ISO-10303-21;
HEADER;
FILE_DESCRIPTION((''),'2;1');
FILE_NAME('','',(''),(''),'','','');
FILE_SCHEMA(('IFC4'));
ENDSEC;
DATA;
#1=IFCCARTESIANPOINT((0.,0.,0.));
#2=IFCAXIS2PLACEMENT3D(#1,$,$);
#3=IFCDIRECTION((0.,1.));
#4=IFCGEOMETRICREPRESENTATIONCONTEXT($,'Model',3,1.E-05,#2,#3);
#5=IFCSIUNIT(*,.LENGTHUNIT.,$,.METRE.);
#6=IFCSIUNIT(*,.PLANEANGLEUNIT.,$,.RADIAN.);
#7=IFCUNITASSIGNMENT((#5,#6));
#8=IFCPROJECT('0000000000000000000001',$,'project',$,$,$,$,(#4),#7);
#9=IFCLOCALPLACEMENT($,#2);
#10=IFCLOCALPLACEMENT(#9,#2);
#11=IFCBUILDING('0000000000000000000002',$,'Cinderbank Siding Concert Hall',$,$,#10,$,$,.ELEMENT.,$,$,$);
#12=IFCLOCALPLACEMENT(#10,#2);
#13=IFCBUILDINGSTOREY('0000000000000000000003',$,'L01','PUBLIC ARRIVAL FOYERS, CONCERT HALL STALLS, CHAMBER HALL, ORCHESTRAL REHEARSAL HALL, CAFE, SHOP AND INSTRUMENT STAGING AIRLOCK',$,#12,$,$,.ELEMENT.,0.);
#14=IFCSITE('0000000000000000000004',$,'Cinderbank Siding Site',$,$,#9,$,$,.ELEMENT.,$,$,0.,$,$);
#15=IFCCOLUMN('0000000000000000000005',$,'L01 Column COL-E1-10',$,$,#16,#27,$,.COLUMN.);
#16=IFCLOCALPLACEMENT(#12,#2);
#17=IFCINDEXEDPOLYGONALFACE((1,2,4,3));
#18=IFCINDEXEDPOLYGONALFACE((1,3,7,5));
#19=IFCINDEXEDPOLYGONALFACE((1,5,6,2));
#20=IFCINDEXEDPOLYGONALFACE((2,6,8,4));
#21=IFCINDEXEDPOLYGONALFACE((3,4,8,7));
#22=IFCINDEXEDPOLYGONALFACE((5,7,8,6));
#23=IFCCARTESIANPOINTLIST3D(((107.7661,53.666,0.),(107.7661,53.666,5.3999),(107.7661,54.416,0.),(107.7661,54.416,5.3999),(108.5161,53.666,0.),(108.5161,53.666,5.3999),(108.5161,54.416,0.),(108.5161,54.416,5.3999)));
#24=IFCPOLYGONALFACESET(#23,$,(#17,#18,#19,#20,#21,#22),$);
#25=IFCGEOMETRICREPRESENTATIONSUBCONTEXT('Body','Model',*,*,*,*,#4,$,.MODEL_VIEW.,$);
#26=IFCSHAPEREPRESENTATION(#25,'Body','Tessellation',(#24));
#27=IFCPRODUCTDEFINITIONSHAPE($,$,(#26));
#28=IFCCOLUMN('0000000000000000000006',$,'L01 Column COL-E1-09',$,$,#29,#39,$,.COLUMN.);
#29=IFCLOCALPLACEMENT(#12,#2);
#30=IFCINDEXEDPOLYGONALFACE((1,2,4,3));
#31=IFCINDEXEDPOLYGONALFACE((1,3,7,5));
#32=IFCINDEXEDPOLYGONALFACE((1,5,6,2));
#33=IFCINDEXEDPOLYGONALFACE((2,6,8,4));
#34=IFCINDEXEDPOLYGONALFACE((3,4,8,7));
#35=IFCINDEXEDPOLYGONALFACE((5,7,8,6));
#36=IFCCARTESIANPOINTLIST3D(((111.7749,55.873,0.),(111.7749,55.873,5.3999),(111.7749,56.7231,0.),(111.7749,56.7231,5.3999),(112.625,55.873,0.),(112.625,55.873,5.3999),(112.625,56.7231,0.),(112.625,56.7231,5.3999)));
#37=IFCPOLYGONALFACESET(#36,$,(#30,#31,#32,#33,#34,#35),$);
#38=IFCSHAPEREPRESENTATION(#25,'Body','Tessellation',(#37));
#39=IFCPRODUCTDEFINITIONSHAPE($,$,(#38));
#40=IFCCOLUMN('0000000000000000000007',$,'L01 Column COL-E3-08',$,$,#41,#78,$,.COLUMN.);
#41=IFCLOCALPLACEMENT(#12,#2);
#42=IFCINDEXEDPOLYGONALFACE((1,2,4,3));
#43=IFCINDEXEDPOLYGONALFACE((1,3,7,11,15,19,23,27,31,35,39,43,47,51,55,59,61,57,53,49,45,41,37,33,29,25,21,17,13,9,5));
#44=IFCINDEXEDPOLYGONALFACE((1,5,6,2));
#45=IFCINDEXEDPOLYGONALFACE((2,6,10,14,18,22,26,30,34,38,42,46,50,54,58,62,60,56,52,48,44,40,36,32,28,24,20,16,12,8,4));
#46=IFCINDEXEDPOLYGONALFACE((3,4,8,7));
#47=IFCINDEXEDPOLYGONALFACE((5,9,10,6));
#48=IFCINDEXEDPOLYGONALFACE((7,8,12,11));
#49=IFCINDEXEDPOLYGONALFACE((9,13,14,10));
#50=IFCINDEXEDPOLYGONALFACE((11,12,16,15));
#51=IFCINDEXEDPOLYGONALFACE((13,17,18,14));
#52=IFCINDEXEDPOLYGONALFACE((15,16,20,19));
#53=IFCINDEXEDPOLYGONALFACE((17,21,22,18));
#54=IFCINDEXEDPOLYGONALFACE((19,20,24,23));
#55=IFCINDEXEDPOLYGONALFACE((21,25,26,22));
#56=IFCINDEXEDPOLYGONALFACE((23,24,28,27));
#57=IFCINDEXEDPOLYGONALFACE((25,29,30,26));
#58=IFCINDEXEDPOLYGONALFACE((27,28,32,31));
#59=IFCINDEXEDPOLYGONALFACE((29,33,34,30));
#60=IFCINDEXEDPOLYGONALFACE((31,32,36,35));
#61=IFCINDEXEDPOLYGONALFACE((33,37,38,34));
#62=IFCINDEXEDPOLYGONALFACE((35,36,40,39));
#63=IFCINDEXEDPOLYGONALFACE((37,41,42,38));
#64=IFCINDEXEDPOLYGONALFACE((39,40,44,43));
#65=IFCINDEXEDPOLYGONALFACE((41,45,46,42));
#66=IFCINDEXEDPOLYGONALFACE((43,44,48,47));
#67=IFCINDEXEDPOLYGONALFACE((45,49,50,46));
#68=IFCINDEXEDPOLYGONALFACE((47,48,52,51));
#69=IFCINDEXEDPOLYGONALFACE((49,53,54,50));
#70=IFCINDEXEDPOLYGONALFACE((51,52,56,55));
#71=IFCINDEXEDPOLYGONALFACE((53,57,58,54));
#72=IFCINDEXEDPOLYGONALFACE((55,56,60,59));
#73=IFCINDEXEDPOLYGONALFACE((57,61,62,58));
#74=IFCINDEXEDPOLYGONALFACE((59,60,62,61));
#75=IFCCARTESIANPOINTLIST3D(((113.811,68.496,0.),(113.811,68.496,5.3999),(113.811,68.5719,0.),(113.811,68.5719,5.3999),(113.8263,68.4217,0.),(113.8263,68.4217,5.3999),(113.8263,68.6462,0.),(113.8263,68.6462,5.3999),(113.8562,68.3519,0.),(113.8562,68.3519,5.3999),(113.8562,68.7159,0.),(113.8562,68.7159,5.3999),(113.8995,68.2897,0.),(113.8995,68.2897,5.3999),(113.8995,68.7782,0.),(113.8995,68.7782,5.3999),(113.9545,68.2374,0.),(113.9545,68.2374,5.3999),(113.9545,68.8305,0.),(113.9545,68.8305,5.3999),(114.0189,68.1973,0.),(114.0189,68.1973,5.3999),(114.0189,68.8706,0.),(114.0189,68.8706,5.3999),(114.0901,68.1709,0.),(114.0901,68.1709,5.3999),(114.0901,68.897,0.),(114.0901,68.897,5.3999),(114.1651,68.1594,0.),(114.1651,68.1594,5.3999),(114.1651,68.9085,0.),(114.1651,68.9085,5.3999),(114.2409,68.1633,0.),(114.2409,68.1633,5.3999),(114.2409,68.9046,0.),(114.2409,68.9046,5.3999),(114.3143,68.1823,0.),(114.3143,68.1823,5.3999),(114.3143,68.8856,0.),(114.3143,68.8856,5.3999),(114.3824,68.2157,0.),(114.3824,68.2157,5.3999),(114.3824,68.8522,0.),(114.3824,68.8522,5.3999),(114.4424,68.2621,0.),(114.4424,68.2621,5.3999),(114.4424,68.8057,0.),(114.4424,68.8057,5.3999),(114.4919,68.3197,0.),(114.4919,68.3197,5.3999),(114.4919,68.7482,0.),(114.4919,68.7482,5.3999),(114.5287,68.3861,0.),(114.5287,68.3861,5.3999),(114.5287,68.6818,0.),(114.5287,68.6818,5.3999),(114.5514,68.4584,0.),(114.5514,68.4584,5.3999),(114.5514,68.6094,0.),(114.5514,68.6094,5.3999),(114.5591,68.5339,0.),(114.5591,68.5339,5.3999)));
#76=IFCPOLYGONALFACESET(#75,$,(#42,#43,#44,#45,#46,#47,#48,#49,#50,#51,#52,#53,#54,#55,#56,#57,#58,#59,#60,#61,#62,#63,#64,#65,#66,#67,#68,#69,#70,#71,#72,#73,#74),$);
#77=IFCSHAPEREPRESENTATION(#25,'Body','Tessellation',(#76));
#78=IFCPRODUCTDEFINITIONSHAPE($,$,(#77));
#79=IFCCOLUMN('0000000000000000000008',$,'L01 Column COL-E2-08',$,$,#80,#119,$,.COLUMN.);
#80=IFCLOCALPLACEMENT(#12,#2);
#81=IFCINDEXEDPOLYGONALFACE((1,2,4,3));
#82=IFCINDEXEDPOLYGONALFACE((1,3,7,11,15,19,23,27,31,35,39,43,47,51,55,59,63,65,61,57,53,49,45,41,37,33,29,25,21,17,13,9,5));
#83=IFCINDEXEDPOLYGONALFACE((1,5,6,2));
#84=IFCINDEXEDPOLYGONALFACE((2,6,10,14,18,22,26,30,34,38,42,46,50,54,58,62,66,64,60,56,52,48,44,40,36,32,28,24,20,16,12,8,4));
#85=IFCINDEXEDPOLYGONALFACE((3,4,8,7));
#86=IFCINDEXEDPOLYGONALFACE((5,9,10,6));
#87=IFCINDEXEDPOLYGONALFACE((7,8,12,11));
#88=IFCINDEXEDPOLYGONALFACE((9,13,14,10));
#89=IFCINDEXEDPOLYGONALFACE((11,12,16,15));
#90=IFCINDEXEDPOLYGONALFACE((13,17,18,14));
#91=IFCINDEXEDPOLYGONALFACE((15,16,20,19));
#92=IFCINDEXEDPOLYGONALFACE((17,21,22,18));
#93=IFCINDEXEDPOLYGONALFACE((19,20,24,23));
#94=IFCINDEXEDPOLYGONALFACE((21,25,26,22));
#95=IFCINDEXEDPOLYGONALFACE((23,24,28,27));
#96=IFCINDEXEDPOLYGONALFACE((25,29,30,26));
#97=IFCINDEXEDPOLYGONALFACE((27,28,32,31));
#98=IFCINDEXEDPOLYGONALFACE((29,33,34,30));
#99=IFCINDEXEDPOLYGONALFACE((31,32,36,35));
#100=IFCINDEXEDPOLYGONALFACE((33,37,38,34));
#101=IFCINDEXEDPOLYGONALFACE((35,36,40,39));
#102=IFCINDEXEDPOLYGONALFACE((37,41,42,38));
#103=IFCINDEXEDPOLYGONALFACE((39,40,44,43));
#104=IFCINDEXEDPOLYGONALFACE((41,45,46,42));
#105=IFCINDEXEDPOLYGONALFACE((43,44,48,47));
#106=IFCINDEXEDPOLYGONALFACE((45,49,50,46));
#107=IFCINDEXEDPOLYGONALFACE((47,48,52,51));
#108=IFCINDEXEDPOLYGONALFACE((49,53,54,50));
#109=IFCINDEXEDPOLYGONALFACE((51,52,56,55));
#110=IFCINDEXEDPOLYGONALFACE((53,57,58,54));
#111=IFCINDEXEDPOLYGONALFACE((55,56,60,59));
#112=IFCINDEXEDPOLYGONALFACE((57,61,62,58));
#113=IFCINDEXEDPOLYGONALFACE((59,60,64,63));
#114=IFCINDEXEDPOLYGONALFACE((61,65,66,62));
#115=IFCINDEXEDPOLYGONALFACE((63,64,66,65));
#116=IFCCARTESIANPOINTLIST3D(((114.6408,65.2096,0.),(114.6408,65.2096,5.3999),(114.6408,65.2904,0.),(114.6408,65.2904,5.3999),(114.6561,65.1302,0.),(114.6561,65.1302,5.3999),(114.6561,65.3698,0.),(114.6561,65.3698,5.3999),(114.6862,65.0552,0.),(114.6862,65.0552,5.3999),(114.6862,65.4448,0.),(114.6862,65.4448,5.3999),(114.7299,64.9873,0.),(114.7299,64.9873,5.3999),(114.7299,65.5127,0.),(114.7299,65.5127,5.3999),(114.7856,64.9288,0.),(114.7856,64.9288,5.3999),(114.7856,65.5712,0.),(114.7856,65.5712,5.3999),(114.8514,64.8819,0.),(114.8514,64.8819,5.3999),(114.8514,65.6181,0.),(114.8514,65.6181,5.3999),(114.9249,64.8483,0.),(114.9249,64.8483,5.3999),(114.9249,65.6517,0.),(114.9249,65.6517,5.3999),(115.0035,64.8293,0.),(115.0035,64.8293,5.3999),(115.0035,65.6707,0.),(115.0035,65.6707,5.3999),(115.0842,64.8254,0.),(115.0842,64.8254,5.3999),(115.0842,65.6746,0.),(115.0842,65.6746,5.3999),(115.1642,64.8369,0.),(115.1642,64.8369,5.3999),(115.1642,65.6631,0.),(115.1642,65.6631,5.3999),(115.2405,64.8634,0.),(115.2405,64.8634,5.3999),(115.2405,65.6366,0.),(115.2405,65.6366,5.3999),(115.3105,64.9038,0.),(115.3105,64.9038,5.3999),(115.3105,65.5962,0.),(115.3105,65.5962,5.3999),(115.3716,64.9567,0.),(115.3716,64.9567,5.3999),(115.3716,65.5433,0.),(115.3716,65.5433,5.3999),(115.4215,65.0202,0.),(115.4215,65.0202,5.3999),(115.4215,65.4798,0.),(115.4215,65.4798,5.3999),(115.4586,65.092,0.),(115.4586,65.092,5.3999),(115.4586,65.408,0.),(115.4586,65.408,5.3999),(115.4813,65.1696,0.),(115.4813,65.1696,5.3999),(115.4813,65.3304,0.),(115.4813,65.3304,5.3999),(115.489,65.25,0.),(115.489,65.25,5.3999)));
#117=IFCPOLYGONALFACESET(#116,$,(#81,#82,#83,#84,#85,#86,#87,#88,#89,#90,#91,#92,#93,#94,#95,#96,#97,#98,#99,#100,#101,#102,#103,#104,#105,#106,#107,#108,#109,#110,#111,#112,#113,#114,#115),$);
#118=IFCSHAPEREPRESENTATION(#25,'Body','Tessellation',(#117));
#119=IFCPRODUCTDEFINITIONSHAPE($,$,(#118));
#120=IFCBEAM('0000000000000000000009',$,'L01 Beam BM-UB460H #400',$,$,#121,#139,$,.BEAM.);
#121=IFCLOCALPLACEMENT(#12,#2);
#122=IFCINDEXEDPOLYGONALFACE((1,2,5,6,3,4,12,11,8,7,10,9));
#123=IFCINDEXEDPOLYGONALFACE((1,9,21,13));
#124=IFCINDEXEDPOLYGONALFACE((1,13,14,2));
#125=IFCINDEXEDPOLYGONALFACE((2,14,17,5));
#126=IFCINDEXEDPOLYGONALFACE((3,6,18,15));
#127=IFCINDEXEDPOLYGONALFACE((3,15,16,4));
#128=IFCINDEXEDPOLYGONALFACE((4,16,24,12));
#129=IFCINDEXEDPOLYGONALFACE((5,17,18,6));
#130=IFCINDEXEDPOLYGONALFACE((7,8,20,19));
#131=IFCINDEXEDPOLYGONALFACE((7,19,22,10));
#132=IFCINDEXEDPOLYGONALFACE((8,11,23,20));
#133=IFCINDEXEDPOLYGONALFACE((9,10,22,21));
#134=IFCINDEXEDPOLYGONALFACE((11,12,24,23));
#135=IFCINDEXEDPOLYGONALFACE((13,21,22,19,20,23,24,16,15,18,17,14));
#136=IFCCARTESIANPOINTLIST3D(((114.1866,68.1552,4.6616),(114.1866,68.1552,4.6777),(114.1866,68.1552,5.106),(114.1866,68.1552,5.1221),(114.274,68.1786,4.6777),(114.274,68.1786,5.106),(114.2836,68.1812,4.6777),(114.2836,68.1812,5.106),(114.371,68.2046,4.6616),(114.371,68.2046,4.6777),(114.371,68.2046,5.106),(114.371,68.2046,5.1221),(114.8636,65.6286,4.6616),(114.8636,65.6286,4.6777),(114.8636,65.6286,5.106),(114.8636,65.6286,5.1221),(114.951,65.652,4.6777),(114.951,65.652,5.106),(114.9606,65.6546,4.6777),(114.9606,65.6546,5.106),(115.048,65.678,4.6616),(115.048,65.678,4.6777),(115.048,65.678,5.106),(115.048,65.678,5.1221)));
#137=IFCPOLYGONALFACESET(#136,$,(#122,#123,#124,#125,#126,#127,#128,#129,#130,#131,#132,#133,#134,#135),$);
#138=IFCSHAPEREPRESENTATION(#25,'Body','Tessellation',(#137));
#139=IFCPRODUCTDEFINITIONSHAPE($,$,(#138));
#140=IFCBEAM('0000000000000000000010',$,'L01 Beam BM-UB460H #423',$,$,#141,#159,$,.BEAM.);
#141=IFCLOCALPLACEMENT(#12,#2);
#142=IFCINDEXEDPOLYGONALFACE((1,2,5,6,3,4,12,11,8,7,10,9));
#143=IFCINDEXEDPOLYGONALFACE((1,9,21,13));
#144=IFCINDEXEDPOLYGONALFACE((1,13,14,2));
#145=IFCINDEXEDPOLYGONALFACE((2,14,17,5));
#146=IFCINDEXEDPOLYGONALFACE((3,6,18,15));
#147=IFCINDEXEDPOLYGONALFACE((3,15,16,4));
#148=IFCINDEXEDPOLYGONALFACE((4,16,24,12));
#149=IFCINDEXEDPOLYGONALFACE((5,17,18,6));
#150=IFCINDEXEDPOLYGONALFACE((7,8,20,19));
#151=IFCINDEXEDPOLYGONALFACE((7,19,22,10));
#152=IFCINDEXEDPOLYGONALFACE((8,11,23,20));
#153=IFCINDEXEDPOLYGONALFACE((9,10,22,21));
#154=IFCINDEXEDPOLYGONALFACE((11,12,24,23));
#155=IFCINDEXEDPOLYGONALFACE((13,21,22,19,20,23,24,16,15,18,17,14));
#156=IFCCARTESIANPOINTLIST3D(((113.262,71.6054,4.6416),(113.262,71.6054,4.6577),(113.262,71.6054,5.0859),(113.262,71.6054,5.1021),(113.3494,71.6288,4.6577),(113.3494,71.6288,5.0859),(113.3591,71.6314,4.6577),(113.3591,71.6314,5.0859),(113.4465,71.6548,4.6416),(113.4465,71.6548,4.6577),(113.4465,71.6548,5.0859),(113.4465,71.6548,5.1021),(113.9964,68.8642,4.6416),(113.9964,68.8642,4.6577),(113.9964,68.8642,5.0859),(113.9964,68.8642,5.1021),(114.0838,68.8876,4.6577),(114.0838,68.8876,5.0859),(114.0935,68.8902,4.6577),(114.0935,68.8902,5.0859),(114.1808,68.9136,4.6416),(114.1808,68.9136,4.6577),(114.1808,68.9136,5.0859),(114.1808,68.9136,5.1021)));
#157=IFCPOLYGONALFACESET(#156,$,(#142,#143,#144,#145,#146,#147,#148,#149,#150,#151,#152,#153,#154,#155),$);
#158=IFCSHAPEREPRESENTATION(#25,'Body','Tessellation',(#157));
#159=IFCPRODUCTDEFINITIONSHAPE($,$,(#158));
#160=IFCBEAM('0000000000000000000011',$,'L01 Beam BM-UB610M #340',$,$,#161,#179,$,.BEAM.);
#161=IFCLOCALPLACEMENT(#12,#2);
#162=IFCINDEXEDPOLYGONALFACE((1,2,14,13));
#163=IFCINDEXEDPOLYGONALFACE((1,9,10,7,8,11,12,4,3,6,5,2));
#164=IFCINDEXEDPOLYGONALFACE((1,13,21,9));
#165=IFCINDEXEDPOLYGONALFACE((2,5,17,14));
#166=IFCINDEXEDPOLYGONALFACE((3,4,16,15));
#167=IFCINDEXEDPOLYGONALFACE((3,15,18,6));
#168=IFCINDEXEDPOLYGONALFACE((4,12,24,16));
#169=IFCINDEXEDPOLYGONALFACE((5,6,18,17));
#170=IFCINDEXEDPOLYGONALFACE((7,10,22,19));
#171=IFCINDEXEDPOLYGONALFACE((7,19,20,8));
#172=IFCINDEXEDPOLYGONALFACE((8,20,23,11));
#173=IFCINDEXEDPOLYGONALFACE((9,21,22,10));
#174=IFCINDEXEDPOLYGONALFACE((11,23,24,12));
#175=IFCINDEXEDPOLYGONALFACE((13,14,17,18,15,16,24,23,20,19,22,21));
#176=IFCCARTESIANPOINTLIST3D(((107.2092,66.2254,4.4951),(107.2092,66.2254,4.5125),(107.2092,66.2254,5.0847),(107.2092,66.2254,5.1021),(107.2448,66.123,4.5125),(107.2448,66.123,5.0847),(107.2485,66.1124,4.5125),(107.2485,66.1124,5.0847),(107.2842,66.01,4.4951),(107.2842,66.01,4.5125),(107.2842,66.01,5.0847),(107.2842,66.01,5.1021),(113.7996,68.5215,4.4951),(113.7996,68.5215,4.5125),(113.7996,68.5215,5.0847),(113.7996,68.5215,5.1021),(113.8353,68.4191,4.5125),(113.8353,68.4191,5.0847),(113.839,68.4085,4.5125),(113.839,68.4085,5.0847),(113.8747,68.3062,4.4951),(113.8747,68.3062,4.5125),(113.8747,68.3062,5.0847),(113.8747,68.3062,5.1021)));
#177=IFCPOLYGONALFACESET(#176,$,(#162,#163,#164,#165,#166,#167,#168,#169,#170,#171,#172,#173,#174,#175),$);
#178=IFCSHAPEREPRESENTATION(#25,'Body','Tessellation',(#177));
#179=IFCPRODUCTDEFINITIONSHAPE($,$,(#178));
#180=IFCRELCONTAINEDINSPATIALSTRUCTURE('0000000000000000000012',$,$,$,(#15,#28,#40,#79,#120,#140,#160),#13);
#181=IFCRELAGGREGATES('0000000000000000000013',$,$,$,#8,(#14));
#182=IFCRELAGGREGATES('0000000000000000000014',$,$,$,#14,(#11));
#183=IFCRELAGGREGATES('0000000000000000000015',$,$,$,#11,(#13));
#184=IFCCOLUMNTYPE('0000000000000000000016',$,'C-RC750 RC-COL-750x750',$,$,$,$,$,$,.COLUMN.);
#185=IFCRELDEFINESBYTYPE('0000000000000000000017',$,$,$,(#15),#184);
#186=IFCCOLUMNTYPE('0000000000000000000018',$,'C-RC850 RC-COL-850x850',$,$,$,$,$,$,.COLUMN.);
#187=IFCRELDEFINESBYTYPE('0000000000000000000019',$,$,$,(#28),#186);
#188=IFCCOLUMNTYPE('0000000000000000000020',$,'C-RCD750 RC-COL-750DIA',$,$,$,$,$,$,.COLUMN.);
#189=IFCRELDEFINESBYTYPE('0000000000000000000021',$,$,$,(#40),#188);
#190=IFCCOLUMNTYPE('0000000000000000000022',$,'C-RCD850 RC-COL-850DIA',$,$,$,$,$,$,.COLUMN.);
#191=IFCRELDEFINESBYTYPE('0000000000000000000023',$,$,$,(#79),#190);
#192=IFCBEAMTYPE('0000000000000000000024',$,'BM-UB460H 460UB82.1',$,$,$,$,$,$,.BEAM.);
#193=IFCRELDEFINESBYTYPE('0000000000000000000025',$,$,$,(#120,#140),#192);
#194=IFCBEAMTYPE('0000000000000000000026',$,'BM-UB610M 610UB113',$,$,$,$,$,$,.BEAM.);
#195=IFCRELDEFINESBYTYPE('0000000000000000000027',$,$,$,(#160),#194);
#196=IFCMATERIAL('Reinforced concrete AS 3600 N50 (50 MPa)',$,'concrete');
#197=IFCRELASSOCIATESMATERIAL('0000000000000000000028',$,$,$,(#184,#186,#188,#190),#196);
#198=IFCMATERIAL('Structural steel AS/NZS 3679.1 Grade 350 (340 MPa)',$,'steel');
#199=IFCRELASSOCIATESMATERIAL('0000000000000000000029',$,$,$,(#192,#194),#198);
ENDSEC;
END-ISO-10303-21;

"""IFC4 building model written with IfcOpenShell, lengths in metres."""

from ifc_helpers import new_model, si_unit, direction, frame, origin, origin_2d, place, context, subcontext, project, spatial, rectangle, circle, i_section, extrude, material, material_profile, profile_set, type_object, element, save


model = new_model("IFC4")

# Units and contexts
model_context = context("Model", 3, precision=1e-05, world=origin(), true_north=direction((0.0, 1.0)))
body_context = subcontext(model_context, "Body", "Model", "MODEL_VIEW")
ifc_project = project(units=[si_unit("LENGTHUNIT", "METRE"), si_unit("PLANEANGLEUNIT", "RADIAN")], contexts=[model_context])

# Site, building, storey
site_placement = place(None, origin())
site = spatial("IfcSite", under=ifc_project, at=site_placement, Name="Cinderbank Siding Site", CompositionType="ELEMENT", RefElevation=0.0)
building_placement = place(site_placement, origin())
building = spatial("IfcBuilding", under=site, at=building_placement, Name="Cinderbank Siding Concert Hall", CompositionType="ELEMENT")
storey_placement = place(building_placement, origin())
storey = spatial("IfcBuildingStorey", under=building, at=storey_placement, Name="L01", Description="PUBLIC ARRIVAL FOYERS, CONCERT HALL STALLS, CHAMBER HALL, ORCHESTRAL REHEARSAL HALL, CAFE, SHOP AND INSTRUMENT STAGING AIRLOCK", CompositionType="ELEMENT", Elevation=0.0)

# Columns
ifc_material_1 = material(Name="Reinforced concrete AS 3600 N50 (50 MPa)", Category="concrete")
ifc_material_profile_1 = material_profile(ifc_material_1, rectangle(XDim=0.75, YDim=0.75, at=origin_2d()), Name="RC-COL-750x750", Category="LoadBearing")
ifc_profile_set_1 = profile_set([ifc_material_profile_1], Name="Reinforced concrete AS 3600 N50 (50 MPa)")
column_type_1 = type_object("IfcColumnType", Name="C-RC750 RC-COL-750x750", PredefinedType="COLUMN", material=ifc_profile_set_1)
column_1_placement = place(storey_placement, frame((108.1411, 54.041, 0.0), z_axis=(0.0, 0.0, 1.0), x_axis=(1.0, 0.0, 0.0)))
element("IfcColumn", 1, at=column_1_placement, inside=storey, type_object=column_type_1, Name="L01 Column COL-E1-10", PredefinedType="COLUMN", context=body_context, shape_type="SweptSolid", body=[
    extrude(rectangle(XDim=0.75, YDim=0.75, at=origin_2d()), origin(), (0.0, 0.0, 1.0), 5.3999),
])
ifc_material_profile_2 = material_profile(ifc_material_1, rectangle(XDim=0.8501, YDim=0.8501, at=origin_2d()), Name="RC-COL-850x850", Category="LoadBearing")
ifc_profile_set_2 = profile_set([ifc_material_profile_2], Name="Reinforced concrete AS 3600 N50 (50 MPa)")
column_type_2 = type_object("IfcColumnType", Name="C-RC850 RC-COL-850x850", PredefinedType="COLUMN", material=ifc_profile_set_2)
column_2_placement = place(storey_placement, frame((112.2, 56.2981, 0.0), z_axis=(0.0, 0.0, 1.0), x_axis=(1.0, 0.0, 0.0)))
element("IfcColumn", 2, at=column_2_placement, inside=storey, type_object=column_type_2, Name="L01 Column COL-E1-09", PredefinedType="COLUMN", context=body_context, shape_type="SweptSolid", body=[
    extrude(rectangle(XDim=0.8501, YDim=0.8501, at=origin_2d()), origin(), (0.0, 0.0, 1.0), 5.3999),
])
ifc_material_profile_3 = material_profile(ifc_material_1, circle(Radius=0.375, at=origin_2d()), Name="RC-COL-750DIA", Category="LoadBearing")
ifc_profile_set_3 = profile_set([ifc_material_profile_3], Name="Reinforced concrete AS 3600 N50 (50 MPa)")
column_type_3 = type_object("IfcColumnType", Name="C-RCD750 RC-COL-750DIA", PredefinedType="COLUMN", material=ifc_profile_set_3)
column_3_placement = place(storey_placement, frame((114.1841, 68.5339, 0.0), z_axis=(0.0, 0.0, 1.0), x_axis=(1.0, 0.0, 0.0)))
element("IfcColumn", 3, at=column_3_placement, inside=storey, type_object=column_type_3, Name="L01 Column COL-E3-08", PredefinedType="COLUMN", context=body_context, shape_type="SweptSolid", body=[
    extrude(circle(Radius=0.375, at=origin_2d()), origin(), (0.0, 0.0, 1.0), 5.3999),
])
ifc_material_profile_4 = material_profile(ifc_material_1, circle(Radius=0.425, at=origin_2d()), Name="RC-COL-850DIA", Category="LoadBearing")
ifc_profile_set_4 = profile_set([ifc_material_profile_4], Name="Reinforced concrete AS 3600 N50 (50 MPa)")
column_type_4 = type_object("IfcColumnType", Name="C-RCD850 RC-COL-850DIA", PredefinedType="COLUMN", material=ifc_profile_set_4)
column_4_placement = place(storey_placement, frame((115.064, 65.25, 0.0), z_axis=(0.0, 0.0, 1.0), x_axis=(1.0, 0.0, 0.0)))
element("IfcColumn", 4, at=column_4_placement, inside=storey, type_object=column_type_4, Name="L01 Column COL-E2-08", PredefinedType="COLUMN", context=body_context, shape_type="SweptSolid", body=[
    extrude(circle(Radius=0.425, at=origin_2d()), origin(), (0.0, 0.0, 1.0), 5.3999),
])

# Beams
ifc_material_2 = material(Name="Structural steel AS/NZS 3679.1 Grade 350 (340 MPa)", Category="steel")
ifc_material_profile_5 = material_profile(ifc_material_2, i_section(OverallWidth=0.1909, OverallDepth=0.4604, WebThickness=0.01, FlangeThickness=0.0161, at=origin_2d()), Name="460UB82.1", Category="LoadBearing")
ifc_profile_set_5 = profile_set([ifc_material_profile_5], Name="Structural steel AS/NZS 3679.1 Grade 350 (340 MPa)")
beam_type_1 = type_object("IfcBeamType", Name="BM-UB460H 460UB82.1", PredefinedType="BEAM", material=ifc_profile_set_5)
beam_1_placement = place(storey_placement, frame((114.9558, 65.6533, 4.8918), z_axis=(-0.258819, 0.965926, 0.0), x_axis=(-0.965926, -0.258819, 0.0)))
element("IfcBeam", 5, at=beam_1_placement, inside=storey, type_object=beam_type_1, Name="L01 Beam BM-UB460H #400", PredefinedType="BEAM", context=body_context, shape_type="SweptSolid", body=[
    extrude(i_section(OverallWidth=0.1909, OverallDepth=0.4604, WebThickness=0.01, FlangeThickness=0.0161, at=origin_2d()), origin(), (0.0, 0.0, 1.0), 2.6157),
])
beam_2_placement = place(storey_placement, frame((114.0886, 68.8889, 4.8718), z_axis=(-0.258776, 0.965937, 0.0), x_axis=(-0.965937, -0.258776, 0.0)))
element("IfcBeam", 6, at=beam_2_placement, inside=storey, type_object=beam_type_1, Name="L01 Beam BM-UB460H #423", PredefinedType="BEAM", context=body_context, shape_type="SweptSolid", body=[
    extrude(i_section(OverallWidth=0.1909, OverallDepth=0.4604, WebThickness=0.01, FlangeThickness=0.0161, at=origin_2d()), origin(), (0.0, 0.0, 1.0), 2.8379),
])
ifc_material_profile_6 = material_profile(ifc_material_2, i_section(OverallWidth=0.228, OverallDepth=0.6069, WebThickness=0.0112, FlangeThickness=0.0173, at=origin_2d()), Name="610UB113", Category="LoadBearing")
ifc_profile_set_6 = profile_set([ifc_material_profile_6], Name="Structural steel AS/NZS 3679.1 Grade 350 (340 MPa)")
beam_type_2 = type_object("IfcBeamType", Name="BM-UB610M 610UB113", PredefinedType="BEAM", material=ifc_profile_set_6)
beam_3_placement = place(storey_placement, frame((113.8372, 68.4138, 4.7986), z_axis=(-0.944329, -0.329002, 0.0), x_axis=(0.329002, -0.944329, 0.0)))
element("IfcBeam", 7, at=beam_3_placement, inside=storey, type_object=beam_type_2, Name="L01 Beam BM-UB610M #340", PredefinedType="BEAM", context=body_context, shape_type="SweptSolid", body=[
    extrude(i_section(OverallWidth=0.228, OverallDepth=0.6069, WebThickness=0.0112, FlangeThickness=0.0173, at=origin_2d()), origin(), (0.0, 0.0, 1.0), 6.979),
])

save(model, "model.ifc")
